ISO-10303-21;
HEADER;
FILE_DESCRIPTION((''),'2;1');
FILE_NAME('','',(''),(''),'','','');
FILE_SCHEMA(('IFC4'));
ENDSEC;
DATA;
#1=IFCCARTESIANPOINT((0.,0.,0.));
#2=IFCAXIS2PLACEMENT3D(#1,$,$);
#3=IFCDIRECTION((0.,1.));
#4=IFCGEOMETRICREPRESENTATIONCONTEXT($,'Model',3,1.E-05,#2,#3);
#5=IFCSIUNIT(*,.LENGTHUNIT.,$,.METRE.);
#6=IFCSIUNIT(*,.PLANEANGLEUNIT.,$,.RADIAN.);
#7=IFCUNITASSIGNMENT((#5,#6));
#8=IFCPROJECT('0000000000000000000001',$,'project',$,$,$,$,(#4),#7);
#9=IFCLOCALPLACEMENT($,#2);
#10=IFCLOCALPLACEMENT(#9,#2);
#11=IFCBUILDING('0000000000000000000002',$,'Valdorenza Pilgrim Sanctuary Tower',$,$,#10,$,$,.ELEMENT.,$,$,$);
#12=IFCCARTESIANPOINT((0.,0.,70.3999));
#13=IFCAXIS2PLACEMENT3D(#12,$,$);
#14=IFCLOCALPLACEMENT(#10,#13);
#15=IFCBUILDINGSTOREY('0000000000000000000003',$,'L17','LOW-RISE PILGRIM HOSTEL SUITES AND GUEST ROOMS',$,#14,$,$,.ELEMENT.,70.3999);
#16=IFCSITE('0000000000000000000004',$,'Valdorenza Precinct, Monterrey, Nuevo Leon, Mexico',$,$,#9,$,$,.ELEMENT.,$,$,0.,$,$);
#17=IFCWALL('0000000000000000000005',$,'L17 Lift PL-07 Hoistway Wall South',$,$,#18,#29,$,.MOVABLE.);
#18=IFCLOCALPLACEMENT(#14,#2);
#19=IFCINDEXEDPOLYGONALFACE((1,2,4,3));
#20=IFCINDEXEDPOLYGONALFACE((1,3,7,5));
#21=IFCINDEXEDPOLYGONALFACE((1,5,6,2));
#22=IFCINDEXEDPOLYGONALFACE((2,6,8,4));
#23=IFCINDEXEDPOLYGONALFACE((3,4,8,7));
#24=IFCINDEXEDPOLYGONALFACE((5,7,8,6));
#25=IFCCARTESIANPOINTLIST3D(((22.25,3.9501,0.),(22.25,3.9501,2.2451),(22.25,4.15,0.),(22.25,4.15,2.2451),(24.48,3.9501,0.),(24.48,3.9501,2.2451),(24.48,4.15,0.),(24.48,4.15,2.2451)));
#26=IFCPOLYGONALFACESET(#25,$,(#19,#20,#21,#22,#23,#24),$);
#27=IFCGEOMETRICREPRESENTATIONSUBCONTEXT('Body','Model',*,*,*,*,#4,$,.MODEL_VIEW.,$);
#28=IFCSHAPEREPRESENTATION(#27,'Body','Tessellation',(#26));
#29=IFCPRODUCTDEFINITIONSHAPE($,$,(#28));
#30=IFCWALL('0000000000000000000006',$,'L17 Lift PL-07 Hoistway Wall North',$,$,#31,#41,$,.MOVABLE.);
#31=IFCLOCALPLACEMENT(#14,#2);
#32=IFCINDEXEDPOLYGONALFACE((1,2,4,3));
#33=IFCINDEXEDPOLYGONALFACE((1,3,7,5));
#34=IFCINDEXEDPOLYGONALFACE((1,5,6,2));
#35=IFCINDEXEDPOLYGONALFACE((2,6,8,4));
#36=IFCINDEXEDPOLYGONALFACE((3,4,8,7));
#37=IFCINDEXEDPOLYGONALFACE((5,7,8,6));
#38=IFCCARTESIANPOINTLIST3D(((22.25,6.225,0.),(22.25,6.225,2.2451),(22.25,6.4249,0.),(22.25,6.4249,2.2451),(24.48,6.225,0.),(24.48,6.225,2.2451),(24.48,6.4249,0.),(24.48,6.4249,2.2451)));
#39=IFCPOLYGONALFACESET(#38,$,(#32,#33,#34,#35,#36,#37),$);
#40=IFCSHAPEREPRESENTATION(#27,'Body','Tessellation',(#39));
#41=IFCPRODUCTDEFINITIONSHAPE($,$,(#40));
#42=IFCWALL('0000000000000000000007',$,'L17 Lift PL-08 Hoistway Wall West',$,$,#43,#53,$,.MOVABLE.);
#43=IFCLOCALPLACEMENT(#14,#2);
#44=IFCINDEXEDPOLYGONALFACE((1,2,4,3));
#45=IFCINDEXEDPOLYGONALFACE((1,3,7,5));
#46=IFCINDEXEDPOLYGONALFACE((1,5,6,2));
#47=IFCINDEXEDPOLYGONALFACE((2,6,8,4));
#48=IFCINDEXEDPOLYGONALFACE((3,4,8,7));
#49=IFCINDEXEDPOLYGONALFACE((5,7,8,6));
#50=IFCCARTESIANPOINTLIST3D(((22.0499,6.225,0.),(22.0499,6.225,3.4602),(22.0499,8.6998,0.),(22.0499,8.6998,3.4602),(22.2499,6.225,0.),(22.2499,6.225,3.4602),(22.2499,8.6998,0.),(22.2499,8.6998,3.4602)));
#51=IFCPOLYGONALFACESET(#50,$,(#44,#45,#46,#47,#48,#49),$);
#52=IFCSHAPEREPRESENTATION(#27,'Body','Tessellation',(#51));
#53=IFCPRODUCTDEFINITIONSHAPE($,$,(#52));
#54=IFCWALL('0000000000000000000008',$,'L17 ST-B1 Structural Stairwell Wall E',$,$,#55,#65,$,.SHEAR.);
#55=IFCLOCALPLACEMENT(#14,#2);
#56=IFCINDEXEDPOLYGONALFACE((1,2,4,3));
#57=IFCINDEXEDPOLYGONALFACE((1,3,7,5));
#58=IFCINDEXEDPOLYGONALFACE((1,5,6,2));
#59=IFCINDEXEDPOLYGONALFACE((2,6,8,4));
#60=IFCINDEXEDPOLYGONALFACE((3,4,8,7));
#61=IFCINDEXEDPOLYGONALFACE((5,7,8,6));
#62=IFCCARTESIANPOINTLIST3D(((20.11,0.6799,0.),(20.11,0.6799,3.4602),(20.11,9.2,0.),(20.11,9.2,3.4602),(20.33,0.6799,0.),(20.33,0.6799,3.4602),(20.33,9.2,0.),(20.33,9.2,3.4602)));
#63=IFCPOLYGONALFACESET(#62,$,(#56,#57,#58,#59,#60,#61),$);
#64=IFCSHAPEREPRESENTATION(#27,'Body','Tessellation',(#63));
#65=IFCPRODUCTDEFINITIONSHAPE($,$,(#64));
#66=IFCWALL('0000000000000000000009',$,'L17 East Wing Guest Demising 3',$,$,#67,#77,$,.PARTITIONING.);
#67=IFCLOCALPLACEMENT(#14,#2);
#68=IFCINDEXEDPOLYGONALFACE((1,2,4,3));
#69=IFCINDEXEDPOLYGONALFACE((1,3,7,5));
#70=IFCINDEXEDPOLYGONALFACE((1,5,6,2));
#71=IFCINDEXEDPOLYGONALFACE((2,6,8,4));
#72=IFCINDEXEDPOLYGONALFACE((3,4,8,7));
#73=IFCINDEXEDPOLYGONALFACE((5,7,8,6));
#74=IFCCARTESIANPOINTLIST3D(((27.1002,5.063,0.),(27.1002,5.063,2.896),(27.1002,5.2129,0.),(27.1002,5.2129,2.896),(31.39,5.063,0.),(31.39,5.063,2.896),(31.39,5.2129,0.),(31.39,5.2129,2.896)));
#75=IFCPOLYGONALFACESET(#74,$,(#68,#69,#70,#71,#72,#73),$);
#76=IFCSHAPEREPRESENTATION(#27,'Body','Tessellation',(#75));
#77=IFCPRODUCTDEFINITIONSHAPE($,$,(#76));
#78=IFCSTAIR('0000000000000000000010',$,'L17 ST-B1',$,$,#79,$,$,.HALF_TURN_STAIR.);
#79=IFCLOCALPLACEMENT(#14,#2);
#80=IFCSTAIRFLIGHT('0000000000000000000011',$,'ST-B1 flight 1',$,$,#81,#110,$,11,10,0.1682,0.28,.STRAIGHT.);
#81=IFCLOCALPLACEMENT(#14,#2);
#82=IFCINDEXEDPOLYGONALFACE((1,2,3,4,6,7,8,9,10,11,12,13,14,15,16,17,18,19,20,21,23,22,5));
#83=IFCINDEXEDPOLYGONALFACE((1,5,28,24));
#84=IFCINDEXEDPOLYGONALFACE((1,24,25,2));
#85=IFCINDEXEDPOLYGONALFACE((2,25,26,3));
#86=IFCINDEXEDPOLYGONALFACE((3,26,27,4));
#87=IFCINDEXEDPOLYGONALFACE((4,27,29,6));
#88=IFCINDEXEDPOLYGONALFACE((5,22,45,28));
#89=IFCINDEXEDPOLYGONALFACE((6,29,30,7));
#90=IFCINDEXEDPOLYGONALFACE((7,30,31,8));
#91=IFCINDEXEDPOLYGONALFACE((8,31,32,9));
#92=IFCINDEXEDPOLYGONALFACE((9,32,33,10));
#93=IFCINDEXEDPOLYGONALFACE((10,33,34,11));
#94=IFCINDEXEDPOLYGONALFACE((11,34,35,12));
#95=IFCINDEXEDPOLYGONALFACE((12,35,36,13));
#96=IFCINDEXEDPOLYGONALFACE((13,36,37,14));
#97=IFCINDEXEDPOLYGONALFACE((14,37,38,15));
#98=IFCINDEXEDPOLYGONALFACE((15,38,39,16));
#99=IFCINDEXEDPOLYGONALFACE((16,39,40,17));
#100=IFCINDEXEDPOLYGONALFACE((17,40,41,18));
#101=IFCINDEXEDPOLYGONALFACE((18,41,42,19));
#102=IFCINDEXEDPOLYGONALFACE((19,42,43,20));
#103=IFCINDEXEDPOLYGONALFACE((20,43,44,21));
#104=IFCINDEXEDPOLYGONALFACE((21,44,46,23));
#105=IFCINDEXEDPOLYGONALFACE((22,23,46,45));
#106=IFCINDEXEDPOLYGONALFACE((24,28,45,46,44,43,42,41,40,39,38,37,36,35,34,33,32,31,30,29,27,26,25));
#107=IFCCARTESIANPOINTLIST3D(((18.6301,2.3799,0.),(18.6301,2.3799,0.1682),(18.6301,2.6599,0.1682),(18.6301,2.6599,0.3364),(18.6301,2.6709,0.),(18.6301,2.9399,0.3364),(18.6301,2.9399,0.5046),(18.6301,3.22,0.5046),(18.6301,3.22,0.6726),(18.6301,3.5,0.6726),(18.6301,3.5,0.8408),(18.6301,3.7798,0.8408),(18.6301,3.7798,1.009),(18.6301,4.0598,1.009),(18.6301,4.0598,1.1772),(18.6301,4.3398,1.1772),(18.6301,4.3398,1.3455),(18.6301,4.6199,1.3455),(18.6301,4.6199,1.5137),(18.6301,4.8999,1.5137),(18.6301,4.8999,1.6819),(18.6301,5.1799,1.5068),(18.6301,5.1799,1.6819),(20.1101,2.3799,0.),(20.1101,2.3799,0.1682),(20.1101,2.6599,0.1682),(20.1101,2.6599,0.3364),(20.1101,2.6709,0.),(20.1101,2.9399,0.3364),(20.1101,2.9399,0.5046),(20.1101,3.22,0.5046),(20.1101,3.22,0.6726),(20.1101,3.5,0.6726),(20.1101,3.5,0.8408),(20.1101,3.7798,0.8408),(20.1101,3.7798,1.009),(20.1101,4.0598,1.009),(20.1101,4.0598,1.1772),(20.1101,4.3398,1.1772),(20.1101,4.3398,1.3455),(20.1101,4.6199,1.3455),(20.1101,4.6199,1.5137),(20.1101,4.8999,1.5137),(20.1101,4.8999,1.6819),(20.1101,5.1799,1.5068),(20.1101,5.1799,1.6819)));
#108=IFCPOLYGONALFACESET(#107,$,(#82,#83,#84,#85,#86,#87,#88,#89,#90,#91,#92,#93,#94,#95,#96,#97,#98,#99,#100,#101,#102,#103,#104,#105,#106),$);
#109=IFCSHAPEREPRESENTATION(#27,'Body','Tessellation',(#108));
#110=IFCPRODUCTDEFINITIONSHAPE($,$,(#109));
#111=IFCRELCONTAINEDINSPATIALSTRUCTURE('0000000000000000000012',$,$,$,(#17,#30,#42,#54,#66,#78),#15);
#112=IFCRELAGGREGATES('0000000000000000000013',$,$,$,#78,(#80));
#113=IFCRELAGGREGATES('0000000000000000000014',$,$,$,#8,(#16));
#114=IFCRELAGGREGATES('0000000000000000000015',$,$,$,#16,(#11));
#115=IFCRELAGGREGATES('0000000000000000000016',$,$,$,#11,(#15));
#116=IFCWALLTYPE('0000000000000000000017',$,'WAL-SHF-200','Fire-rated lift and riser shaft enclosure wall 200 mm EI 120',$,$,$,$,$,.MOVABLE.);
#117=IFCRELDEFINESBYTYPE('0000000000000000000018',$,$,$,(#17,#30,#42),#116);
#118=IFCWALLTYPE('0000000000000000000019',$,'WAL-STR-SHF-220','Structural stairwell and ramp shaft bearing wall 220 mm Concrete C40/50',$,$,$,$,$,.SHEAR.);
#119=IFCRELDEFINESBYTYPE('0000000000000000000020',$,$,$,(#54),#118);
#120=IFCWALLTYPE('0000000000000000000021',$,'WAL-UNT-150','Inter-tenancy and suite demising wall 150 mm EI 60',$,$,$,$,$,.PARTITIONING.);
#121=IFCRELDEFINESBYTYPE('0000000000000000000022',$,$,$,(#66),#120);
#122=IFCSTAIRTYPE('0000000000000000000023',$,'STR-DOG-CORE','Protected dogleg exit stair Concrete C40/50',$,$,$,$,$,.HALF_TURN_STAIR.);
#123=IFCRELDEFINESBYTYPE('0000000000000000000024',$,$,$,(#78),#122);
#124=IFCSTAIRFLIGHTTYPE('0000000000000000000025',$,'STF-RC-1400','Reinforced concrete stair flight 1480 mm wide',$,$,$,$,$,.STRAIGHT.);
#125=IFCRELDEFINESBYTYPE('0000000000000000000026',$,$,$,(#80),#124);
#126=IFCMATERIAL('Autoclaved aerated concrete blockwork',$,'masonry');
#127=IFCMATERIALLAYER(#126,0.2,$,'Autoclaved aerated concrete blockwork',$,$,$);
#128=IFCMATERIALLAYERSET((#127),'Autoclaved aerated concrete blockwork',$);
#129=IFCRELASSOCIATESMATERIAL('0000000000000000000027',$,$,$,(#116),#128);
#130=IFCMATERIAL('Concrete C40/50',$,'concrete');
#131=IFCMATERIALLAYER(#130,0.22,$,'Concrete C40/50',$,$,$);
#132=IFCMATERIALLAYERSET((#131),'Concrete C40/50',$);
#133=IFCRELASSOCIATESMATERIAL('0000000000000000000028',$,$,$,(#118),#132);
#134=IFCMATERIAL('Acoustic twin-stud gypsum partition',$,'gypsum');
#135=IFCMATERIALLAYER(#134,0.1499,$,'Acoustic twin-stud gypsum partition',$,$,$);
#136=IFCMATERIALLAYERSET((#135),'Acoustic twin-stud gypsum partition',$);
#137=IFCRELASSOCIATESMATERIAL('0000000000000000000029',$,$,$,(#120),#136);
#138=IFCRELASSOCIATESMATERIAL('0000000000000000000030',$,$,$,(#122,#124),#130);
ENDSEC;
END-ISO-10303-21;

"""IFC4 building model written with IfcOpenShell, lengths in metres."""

from ifc_helpers import new_model, si_unit, direction, frame, frame_2d, origin, place, context, subcontext, project, spatial, polyline, rectangle, outline, extrude, material, layer, layer_set, type_object, element, aggregate, save


model = new_model("IFC4")

# Units and contexts
model_context = context("Model", 3, precision=1e-05, world=origin(), true_north=direction((0.0, 1.0)))
body_context = subcontext(model_context, "Body", "Model", "MODEL_VIEW")
ifc_project = project(units=[si_unit("LENGTHUNIT", "METRE"), si_unit("PLANEANGLEUNIT", "RADIAN")], contexts=[model_context])

# Site, building, storey
site_placement = place(None, origin())
site = spatial("IfcSite", under=ifc_project, at=site_placement, Name="Valdorenza Precinct, Monterrey, Nuevo Leon, Mexico", CompositionType="ELEMENT", RefElevation=0.0)
building_placement = place(site_placement, origin())
building = spatial("IfcBuilding", under=site, at=building_placement, Name="Valdorenza Pilgrim Sanctuary Tower", CompositionType="ELEMENT")
storey_placement = place(building_placement, frame((0.0, 0.0, 70.3999)))
storey = spatial("IfcBuildingStorey", under=building, at=storey_placement, Name="L17", Description="LOW-RISE PILGRIM HOSTEL SUITES AND GUEST ROOMS", CompositionType="ELEMENT", Elevation=70.3999)

# Shared definitions
ifc_material_1 = material(Name="Acoustic twin-stud gypsum partition", Category="gypsum")

# Walls
ifc_material_2 = material(Name="Autoclaved aerated concrete blockwork", Category="masonry")
ifc_layer_1 = layer(ifc_material_2, 0.2, Name="Autoclaved aerated concrete blockwork")
ifc_layer_set_1 = layer_set([ifc_layer_1], Name="Autoclaved aerated concrete blockwork")
wall_type_1 = type_object("IfcWallType", Name="WAL-SHF-200", Description="Fire-rated lift and riser shaft enclosure wall 200 mm EI 120", PredefinedType="MOVABLE", material=ifc_layer_set_1)
for number, where, z_axis, x_axis, name in (
    (1, (22.25, 4.05, 0.0), (0.0, 0.0, 1.0), (1.0, 0.0, 0.0), "L17 Lift PL-07 Hoistway Wall South"),
    (2, (22.25, 6.325, 0.0), (0.0, 0.0, 1.0), (1.0, 0.0, 0.0), "L17 Lift PL-07 Hoistway Wall North"),
):
    element("IfcWall", number, at=place(storey_placement, frame(where, z_axis=z_axis, x_axis=x_axis)), inside=storey, type_object=wall_type_1, Name=name, PredefinedType="MOVABLE", context=body_context, shape_type="SweptSolid", body=[
        extrude(rectangle(XDim=2.23, YDim=0.2, at=frame_2d((1.115, 0.0))), origin(), (0.0, 0.0, 1.0), 2.2451),
    ])
wall_1_placement = place(storey_placement, frame((22.1499, 6.2251, 0.0), z_axis=(0.0, 0.0, 1.0), x_axis=(0.0, 1.0, 0.0)))
element("IfcWall", 3, at=wall_1_placement, inside=storey, type_object=wall_type_1, Name="L17 Lift PL-08 Hoistway Wall West", PredefinedType="MOVABLE", context=body_context, shape_type="SweptSolid", body=[
    extrude(rectangle(XDim=2.4749, YDim=0.2, at=frame_2d((1.2373, 0.0))), origin(), (0.0, 0.0, 1.0), 3.4602),
])
ifc_material_3 = material(Name="Concrete C40/50", Category="concrete")
ifc_layer_2 = layer(ifc_material_3, 0.22, Name="Concrete C40/50")
ifc_layer_set_2 = layer_set([ifc_layer_2], Name="Concrete C40/50")
wall_type_2 = type_object("IfcWallType", Name="WAL-STR-SHF-220", Description="Structural stairwell and ramp shaft bearing wall 220 mm Concrete C40/50", PredefinedType="SHEAR", material=ifc_layer_set_2)
wall_2_placement = place(storey_placement, frame((20.22, 0.6799, 0.0), z_axis=(0.0, 0.0, 1.0), x_axis=(0.0, 1.0, 0.0)))
element("IfcWall", 4, at=wall_2_placement, inside=storey, type_object=wall_type_2, Name="L17 ST-B1 Structural Stairwell Wall E", PredefinedType="SHEAR", context=body_context, shape_type="SweptSolid", body=[
    extrude(rectangle(XDim=8.52, YDim=0.22, at=frame_2d((4.26, 0.0))), origin(), (0.0, 0.0, 1.0), 3.4602),
])
ifc_layer_3 = layer(ifc_material_1, 0.1499, Name="Acoustic twin-stud gypsum partition")
ifc_layer_set_3 = layer_set([ifc_layer_3], Name="Acoustic twin-stud gypsum partition")
wall_type_3 = type_object("IfcWallType", Name="WAL-UNT-150", Description="Inter-tenancy and suite demising wall 150 mm EI 60", PredefinedType="PARTITIONING", material=ifc_layer_set_3)
wall_3_placement = place(storey_placement, frame((27.1001, 5.1379, 0.0), z_axis=(0.0, 0.0, 1.0), x_axis=(1.0, 0.0, 0.0)))
element("IfcWall", 5, at=wall_3_placement, inside=storey, type_object=wall_type_3, Name="L17 East Wing Guest Demising 3", PredefinedType="PARTITIONING", context=body_context, shape_type="SweptSolid", body=[
    extrude(rectangle(XDim=4.2898, YDim=0.1499, at=frame_2d((2.145, 0.0))), origin(), (0.0, 0.0, 1.0), 2.896),
])

# Stair, stair flight
stair_type = type_object("IfcStairType", Name="STR-DOG-CORE", Description="Protected dogleg exit stair Concrete C40/50", PredefinedType="HALF_TURN_STAIR", material=ifc_material_3)
stair_placement = place(storey_placement, origin())
stair = element("IfcStair", 6, at=stair_placement, inside=storey, type_object=stair_type, Name="L17 ST-B1", PredefinedType="HALF_TURN_STAIR")
stair_flight_type = type_object("IfcStairFlightType", Name="STF-RC-1400", Description="Reinforced concrete stair flight 1480 mm wide", PredefinedType="STRAIGHT", material=ifc_material_3)
stair_flight_placement = place(storey_placement, frame((19.3701, 2.3799, 0.0), z_axis=(0.0, 0.0, 1.0), x_axis=(0.0, 1.0, 0.0)))
stair_flight = element("IfcStairFlight", 7, at=stair_flight_placement, type_object=stair_flight_type, Name="ST-B1 flight 1", NumberOfRisers=11, NumberOfTreads=10, PredefinedType="STRAIGHT", RiserHeight=0.1682, TreadLength=0.28, context=body_context, shape_type="SweptSolid", body=[
    extrude(outline(polyline([(0.0, 0.0), (0.0, 0.1682), (0.28, 0.1682), (0.28, 0.3364), (0.5601, 0.3364), (0.5601, 0.5046), (0.8401, 0.5046), (0.8401, 0.6726), (1.1201, 0.6726), (1.1201, 0.8408), (1.3999, 0.8408), (1.3999, 1.009), (1.6799, 1.009), (1.6799, 1.1772), (1.96, 1.1772), (1.96, 1.3455), (2.24, 1.3455), (2.24, 1.5137), (2.52, 1.5137), (2.52, 1.6819), (2.8, 1.6819), (2.8, 1.8501), (2.8, 1.5068), (0.291, 0.0), (0.0, 0.0)])), frame((0.0, 0.74, 0.0), z_axis=(0.0, -1.0, 0.0), x_axis=(1.0, 0.0, 0.0)), (0.0, 0.0, 1.0), 1.48),
])
aggregate(stair, [stair_flight])

save(model, "model.ifc")
